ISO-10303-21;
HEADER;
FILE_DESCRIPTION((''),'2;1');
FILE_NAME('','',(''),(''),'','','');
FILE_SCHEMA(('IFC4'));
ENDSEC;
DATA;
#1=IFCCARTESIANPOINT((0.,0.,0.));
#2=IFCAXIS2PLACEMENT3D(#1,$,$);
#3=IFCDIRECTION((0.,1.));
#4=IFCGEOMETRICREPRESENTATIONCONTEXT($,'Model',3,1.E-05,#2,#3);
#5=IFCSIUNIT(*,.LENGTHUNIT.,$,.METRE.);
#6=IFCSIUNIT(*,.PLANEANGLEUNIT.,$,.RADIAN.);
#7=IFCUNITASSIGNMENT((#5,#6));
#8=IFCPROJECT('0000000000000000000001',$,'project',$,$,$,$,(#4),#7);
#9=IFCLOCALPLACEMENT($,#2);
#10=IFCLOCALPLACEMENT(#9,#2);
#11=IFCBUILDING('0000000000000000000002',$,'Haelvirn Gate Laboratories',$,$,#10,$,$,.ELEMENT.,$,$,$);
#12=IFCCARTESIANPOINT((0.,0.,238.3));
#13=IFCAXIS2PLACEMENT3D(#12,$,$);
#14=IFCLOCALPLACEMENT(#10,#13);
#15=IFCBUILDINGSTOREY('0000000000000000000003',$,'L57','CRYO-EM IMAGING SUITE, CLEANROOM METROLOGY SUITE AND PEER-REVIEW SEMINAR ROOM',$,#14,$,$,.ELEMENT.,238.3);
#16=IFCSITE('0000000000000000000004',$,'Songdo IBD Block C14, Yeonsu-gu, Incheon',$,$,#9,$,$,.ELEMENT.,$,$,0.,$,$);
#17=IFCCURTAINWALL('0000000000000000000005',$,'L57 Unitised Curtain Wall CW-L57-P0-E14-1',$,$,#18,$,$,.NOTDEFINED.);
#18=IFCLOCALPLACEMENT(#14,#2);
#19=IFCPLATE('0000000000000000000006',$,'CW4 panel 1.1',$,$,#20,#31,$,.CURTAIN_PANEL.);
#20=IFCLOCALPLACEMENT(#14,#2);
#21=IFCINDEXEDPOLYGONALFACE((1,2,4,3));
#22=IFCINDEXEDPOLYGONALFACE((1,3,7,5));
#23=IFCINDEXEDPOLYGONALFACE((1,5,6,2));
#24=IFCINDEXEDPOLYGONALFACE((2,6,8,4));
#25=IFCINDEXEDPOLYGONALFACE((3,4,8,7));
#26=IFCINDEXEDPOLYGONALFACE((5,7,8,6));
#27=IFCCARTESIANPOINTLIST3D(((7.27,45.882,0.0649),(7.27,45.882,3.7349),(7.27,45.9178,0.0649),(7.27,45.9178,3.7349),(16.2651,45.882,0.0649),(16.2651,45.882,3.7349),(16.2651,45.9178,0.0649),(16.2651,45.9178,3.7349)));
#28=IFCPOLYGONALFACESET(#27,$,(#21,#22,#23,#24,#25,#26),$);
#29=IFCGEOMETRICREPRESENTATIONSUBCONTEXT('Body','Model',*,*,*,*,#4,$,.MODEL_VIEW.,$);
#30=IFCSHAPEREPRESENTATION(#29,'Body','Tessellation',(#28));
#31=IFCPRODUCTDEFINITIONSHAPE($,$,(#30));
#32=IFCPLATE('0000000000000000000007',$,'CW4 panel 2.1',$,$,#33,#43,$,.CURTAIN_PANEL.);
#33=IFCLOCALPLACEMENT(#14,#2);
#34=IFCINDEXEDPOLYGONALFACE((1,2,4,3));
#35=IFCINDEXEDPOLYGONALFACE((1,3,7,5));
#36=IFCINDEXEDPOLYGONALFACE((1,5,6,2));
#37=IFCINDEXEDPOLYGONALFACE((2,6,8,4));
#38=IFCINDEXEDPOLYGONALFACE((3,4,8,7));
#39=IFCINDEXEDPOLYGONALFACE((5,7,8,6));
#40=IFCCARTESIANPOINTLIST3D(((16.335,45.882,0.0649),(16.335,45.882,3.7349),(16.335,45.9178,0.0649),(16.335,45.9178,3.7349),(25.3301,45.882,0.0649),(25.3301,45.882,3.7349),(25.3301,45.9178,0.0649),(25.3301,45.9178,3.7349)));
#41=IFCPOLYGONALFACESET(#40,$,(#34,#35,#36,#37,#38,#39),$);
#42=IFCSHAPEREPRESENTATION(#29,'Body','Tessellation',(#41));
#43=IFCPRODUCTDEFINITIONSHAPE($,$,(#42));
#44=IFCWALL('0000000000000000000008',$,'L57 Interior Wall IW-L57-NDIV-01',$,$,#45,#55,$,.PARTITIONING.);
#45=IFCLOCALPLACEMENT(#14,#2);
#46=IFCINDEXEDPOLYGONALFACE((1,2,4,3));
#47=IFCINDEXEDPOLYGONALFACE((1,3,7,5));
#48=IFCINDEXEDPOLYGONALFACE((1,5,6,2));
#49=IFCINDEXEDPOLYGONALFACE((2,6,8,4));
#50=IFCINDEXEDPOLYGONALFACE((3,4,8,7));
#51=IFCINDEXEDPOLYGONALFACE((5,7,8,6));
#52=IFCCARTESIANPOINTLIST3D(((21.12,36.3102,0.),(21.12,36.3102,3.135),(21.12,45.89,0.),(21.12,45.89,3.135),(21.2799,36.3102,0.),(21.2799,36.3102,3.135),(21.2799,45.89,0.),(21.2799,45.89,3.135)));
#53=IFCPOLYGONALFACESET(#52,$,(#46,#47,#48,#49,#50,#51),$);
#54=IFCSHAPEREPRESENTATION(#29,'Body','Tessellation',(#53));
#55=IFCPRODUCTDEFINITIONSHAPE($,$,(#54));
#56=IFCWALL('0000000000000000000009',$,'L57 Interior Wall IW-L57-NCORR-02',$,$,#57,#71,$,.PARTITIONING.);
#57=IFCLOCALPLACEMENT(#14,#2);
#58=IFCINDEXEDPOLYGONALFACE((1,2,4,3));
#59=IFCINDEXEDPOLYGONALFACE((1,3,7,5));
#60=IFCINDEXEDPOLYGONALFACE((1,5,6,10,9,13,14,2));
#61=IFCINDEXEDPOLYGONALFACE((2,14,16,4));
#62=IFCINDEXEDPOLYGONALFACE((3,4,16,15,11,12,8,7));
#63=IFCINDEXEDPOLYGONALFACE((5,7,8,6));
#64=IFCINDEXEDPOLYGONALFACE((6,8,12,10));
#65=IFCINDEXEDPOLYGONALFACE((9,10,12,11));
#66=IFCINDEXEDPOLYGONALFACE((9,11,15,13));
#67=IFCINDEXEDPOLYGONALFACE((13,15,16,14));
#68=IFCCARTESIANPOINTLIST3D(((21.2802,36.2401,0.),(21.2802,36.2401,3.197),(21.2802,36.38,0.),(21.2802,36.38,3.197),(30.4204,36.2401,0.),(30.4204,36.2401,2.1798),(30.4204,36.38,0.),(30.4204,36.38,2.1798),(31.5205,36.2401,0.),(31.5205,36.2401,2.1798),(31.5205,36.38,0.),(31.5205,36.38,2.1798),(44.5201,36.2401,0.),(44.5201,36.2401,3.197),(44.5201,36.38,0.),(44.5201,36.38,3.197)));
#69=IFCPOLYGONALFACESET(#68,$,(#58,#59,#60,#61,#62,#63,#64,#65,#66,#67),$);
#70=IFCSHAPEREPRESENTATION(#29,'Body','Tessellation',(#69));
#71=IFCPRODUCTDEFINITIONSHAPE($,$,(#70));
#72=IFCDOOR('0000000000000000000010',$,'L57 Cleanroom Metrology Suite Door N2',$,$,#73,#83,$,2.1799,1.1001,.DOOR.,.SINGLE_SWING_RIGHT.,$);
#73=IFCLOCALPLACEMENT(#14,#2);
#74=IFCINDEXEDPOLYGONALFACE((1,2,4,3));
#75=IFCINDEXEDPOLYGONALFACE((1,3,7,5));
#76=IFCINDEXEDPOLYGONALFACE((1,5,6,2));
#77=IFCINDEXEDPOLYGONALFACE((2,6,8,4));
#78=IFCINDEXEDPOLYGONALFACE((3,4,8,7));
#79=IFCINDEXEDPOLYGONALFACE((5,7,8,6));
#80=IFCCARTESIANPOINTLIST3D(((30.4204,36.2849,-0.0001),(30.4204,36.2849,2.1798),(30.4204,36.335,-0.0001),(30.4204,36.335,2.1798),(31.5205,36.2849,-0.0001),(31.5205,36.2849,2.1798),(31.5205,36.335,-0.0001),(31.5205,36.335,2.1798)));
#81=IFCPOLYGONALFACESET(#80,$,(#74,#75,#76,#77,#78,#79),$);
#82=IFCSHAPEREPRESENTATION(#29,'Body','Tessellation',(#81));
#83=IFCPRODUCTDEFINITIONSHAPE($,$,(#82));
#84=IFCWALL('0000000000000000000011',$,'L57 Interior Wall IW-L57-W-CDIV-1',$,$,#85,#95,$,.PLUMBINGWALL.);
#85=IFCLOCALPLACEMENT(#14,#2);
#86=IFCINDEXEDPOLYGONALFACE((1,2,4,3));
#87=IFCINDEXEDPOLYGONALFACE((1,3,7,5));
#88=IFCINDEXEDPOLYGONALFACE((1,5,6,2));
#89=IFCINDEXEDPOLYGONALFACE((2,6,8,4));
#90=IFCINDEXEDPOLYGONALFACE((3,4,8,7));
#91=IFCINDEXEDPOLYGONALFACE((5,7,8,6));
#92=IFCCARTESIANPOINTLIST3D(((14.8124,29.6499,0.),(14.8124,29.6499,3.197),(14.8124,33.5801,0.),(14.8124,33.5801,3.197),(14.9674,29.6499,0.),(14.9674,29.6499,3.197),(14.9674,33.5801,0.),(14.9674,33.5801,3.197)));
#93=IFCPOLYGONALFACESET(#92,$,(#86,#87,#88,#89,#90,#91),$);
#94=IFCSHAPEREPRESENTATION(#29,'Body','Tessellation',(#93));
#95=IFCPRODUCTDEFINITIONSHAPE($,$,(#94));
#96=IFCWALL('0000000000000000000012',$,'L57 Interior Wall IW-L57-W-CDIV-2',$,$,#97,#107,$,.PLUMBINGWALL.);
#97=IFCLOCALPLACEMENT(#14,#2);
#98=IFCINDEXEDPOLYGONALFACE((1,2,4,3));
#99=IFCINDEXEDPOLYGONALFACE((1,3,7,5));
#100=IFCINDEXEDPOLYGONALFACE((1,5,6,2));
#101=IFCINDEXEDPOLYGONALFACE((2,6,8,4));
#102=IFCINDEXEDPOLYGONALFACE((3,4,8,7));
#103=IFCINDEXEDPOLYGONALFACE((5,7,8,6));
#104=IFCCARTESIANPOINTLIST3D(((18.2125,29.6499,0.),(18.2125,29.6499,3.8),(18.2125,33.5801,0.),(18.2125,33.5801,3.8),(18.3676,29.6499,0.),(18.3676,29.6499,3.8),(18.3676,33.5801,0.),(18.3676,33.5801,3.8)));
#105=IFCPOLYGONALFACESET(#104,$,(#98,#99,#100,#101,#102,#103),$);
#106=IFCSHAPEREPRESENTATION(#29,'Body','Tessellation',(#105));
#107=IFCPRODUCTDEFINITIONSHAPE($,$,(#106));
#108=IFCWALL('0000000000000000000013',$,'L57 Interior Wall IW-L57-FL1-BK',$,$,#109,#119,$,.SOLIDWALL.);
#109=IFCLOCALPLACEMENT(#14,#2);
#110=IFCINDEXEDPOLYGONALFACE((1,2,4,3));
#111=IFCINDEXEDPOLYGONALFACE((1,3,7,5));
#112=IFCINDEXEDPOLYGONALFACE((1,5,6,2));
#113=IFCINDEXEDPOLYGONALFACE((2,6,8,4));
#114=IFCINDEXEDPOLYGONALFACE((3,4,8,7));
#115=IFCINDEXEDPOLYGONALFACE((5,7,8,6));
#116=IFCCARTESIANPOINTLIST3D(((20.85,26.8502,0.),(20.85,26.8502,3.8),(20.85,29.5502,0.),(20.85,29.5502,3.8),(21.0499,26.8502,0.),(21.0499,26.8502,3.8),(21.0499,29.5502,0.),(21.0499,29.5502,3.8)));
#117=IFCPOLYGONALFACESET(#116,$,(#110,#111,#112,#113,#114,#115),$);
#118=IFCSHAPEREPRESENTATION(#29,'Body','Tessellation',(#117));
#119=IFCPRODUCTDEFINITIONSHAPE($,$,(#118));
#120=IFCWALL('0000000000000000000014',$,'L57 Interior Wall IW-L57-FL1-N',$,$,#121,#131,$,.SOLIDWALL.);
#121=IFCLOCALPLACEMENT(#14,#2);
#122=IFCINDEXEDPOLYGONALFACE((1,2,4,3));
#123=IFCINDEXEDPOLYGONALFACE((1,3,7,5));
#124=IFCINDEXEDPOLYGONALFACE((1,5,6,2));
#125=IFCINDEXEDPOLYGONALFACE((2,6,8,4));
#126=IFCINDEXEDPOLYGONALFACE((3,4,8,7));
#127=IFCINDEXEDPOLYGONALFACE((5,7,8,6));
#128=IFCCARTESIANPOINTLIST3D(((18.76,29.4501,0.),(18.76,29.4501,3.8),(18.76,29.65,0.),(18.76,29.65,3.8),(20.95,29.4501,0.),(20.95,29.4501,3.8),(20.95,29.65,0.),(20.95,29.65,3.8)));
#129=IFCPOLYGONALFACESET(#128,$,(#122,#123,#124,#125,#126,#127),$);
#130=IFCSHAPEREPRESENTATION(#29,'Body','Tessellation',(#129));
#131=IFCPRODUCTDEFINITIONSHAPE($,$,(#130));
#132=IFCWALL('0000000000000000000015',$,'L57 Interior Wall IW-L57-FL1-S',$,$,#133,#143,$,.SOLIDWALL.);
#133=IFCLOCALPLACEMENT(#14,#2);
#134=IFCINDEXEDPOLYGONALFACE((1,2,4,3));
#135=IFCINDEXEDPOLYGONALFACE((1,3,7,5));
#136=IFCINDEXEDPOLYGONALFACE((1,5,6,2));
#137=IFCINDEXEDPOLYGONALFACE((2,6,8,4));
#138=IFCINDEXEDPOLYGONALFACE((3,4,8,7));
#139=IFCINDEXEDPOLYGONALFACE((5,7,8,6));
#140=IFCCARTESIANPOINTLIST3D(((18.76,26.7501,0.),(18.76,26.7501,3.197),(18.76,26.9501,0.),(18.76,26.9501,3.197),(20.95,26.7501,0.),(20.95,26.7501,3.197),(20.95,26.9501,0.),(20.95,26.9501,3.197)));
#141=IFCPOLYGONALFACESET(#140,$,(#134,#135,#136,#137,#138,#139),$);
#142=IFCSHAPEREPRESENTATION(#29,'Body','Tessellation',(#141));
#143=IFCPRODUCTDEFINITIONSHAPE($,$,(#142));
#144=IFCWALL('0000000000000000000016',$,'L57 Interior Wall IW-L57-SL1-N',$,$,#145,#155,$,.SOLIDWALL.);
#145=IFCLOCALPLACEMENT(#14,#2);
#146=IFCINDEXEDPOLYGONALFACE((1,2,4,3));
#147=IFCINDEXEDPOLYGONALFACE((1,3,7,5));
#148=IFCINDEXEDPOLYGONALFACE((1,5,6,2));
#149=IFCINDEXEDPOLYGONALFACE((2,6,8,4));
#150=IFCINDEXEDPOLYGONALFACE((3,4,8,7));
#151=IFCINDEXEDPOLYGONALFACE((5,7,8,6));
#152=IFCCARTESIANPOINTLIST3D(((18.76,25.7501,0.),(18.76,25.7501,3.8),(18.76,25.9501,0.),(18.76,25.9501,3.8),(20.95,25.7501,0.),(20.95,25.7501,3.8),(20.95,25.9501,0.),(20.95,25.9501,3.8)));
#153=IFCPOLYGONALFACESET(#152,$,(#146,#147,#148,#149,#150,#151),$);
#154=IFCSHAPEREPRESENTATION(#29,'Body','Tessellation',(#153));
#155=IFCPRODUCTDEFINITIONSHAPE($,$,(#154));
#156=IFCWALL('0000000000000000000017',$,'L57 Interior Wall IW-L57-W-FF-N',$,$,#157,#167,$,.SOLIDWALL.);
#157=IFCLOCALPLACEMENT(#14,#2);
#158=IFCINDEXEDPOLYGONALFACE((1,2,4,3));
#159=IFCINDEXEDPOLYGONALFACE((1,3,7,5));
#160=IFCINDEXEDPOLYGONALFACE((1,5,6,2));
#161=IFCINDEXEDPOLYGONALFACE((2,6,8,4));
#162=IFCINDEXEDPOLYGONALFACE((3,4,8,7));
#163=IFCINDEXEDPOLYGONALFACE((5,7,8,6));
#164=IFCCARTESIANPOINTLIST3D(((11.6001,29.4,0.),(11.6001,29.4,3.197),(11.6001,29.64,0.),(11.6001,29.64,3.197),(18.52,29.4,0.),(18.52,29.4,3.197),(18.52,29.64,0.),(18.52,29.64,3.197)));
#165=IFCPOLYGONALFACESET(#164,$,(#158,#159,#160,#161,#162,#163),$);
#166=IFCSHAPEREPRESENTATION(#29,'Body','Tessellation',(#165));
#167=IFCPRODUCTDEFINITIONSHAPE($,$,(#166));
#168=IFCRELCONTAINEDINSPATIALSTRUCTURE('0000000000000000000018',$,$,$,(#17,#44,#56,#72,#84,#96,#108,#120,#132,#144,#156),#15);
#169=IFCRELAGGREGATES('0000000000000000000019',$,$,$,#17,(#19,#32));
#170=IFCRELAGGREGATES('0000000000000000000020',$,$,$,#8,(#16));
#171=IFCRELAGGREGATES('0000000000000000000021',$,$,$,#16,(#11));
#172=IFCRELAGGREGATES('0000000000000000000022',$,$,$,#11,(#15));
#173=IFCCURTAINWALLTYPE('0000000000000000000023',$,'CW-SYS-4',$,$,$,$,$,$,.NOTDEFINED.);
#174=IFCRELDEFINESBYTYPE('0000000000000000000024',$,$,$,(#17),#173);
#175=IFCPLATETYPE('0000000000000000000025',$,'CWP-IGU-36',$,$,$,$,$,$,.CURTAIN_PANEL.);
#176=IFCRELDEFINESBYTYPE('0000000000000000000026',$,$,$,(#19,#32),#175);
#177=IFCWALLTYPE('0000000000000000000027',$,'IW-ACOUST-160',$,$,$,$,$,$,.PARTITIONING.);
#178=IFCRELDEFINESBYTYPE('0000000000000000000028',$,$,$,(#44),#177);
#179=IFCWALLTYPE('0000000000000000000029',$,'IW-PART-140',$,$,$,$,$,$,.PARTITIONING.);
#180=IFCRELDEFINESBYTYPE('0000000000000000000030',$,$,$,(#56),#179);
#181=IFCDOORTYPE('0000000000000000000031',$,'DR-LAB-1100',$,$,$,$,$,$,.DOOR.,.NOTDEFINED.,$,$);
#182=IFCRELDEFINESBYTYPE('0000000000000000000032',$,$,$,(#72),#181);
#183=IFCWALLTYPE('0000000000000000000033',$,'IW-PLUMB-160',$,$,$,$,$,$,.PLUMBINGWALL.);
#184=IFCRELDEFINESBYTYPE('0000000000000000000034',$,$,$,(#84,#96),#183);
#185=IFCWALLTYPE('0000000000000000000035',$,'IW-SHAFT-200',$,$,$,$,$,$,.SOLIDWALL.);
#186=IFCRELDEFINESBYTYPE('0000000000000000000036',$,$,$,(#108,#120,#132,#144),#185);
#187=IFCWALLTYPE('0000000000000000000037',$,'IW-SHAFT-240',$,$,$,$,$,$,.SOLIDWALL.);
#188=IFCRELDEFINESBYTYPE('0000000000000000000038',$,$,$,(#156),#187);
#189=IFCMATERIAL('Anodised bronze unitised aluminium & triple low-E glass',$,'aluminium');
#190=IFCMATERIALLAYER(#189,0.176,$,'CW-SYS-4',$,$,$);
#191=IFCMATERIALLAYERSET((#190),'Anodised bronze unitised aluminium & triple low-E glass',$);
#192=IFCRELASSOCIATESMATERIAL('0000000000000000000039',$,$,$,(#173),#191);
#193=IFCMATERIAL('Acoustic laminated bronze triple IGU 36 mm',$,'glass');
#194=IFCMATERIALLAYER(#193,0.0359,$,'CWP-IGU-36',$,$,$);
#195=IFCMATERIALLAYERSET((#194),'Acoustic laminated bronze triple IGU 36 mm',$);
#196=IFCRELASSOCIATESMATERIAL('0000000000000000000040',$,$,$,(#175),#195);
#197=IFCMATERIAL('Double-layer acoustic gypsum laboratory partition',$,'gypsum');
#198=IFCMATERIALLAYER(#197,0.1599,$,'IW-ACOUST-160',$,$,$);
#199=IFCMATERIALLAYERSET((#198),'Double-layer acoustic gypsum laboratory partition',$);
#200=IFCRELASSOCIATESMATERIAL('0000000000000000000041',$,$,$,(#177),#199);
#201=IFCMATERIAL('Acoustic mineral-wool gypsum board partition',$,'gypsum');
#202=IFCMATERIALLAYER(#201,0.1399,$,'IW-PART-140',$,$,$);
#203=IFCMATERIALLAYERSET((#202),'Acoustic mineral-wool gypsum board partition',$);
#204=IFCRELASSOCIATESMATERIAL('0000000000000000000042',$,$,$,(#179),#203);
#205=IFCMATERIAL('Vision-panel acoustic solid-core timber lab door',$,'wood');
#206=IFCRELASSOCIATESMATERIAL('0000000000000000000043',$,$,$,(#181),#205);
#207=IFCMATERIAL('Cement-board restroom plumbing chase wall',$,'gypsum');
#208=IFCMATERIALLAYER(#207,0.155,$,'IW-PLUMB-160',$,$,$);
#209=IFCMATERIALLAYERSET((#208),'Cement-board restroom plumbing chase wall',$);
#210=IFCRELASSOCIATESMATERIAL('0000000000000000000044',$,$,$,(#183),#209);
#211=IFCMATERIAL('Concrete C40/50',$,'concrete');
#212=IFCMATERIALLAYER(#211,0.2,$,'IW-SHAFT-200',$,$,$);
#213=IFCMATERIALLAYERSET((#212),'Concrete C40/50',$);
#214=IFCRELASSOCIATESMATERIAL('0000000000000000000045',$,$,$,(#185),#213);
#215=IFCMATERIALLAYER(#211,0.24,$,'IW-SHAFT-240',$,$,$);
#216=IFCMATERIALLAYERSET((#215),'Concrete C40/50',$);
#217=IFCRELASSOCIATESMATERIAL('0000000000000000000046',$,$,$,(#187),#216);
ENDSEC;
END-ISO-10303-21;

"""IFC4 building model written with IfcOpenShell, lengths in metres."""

from ifc_helpers import new_model, si_unit, direction, frame, frame_2d, origin, origin_2d, place, context, subcontext, project, spatial, rectangle, extrude, source, transform, mapped, material, layer, layer_set, type_object, type_shapes, element, fill, aggregate, save


model = new_model("IFC4")

# Units and contexts
model_context = context("Model", 3, precision=1e-05, world=origin(), true_north=direction((0.0, 1.0)))
body_context = subcontext(model_context, "Body", "Model", "MODEL_VIEW")
ifc_project = project(units=[si_unit("LENGTHUNIT", "METRE"), si_unit("PLANEANGLEUNIT", "RADIAN")], contexts=[model_context])

# Site, building, storey
site_placement = place(None, origin())
site = spatial("IfcSite", under=ifc_project, at=site_placement, Name="Songdo IBD Block C14, Yeonsu-gu, Incheon", CompositionType="ELEMENT", RefElevation=0.0)
building_placement = place(site_placement, origin())
building = spatial("IfcBuilding", under=site, at=building_placement, Name="Haelvirn Gate Laboratories", CompositionType="ELEMENT")
storey_placement = place(building_placement, frame((0.0, 0.0, 238.3)))
storey = spatial("IfcBuildingStorey", under=building, at=storey_placement, Name="L57", Description="CRYO-EM IMAGING SUITE, CLEANROOM METROLOGY SUITE AND PEER-REVIEW SEMINAR ROOM", CompositionType="ELEMENT", Elevation=238.3)

# Curtain wall, plates
ifc_material_1 = material(Name="Anodised bronze unitised aluminium & triple low-E glass", Category="aluminium")
ifc_layer_1 = layer(ifc_material_1, 0.176, Name="CW-SYS-4")
ifc_layer_set_1 = layer_set([ifc_layer_1], Name="Anodised bronze unitised aluminium & triple low-E glass")
curtain_wall_type = type_object("IfcCurtainWallType", Name="CW-SYS-4", PredefinedType="NOTDEFINED", material=ifc_layer_set_1)
curtain_wall_placement = place(storey_placement, origin())
curtain_wall = element("IfcCurtainWall", 1, at=curtain_wall_placement, inside=storey, type_object=curtain_wall_type, Name="L57 Unitised Curtain Wall CW-L57-P0-E14-1", PredefinedType="NOTDEFINED")
ifc_material_2 = material(Name="Acoustic laminated bronze triple IGU 36 mm", Category="glass")
ifc_layer_2 = layer(ifc_material_2, 0.0359, Name="CWP-IGU-36")
ifc_layer_set_2 = layer_set([ifc_layer_2], Name="Acoustic laminated bronze triple IGU 36 mm")
plate_type = type_object("IfcPlateType", Name="CWP-IGU-36", PredefinedType="CURTAIN_PANEL", material=ifc_layer_set_2)
shared_shape_1 = source(origin(), body_context, "Body", "SweptSolid", [
    extrude(rectangle(XDim=8.9951, YDim=0.0359, at=origin_2d()), origin(), (0.0, 0.0, 1.0), 3.6699),
])
type_shapes(plate_type, [shared_shape_1])
plate_1_placement = place(storey_placement, frame((11.7676, 45.8999, 0.0649), z_axis=(0.0, 0.0, 1.0), x_axis=(1.0, 0.0, 0.0)))
plate_1 = element("IfcPlate", 2, at=plate_1_placement, type_object=plate_type, Name="CW4 panel 1.1", PredefinedType="CURTAIN_PANEL", context=body_context, shape_type="MappedRepresentation", body=[
    mapped(shared_shape_1, transform((0.0, 0.0, 0.0), scale=1.0)),
])
plate_2_placement = place(storey_placement, frame((20.8325, 45.8999, 0.0649), z_axis=(0.0, 0.0, 1.0), x_axis=(1.0, 0.0, 0.0)))
plate_2 = element("IfcPlate", 3, at=plate_2_placement, type_object=plate_type, Name="CW4 panel 2.1", PredefinedType="CURTAIN_PANEL", context=body_context, shape_type="MappedRepresentation", body=[
    mapped(shared_shape_1, transform((0.0, 0.0, 0.0), scale=1.0)),
])
aggregate(curtain_wall, [plate_1, plate_2])

# Wall
ifc_material_3 = material(Name="Double-layer acoustic gypsum laboratory partition", Category="gypsum")
ifc_layer_3 = layer(ifc_material_3, 0.1599, Name="IW-ACOUST-160")
ifc_layer_set_3 = layer_set([ifc_layer_3], Name="Double-layer acoustic gypsum laboratory partition")
wall_type_1 = type_object("IfcWallType", Name="IW-ACOUST-160", PredefinedType="PARTITIONING", material=ifc_layer_set_3)
wall_1_placement = place(storey_placement, frame((21.2, 36.3101, 0.0), z_axis=(0.0, 0.0, 1.0), x_axis=(0.0, 1.0, 0.0)))
element("IfcWall", 4, at=wall_1_placement, inside=storey, type_object=wall_type_1, Name="L57 Interior Wall IW-L57-NDIV-01", PredefinedType="PARTITIONING", context=body_context, shape_type="SweptSolid", body=[
    extrude(rectangle(XDim=9.5798, YDim=0.1599, at=frame_2d((4.79, 0.0))), origin(), (0.0, 0.0, 1.0), 3.135),
])

# Wall, opening, door
ifc_material_4 = material(Name="Acoustic mineral-wool gypsum board partition", Category="gypsum")
ifc_layer_4 = layer(ifc_material_4, 0.1399, Name="IW-PART-140")
ifc_layer_set_4 = layer_set([ifc_layer_4], Name="Acoustic mineral-wool gypsum board partition")
wall_type_2 = type_object("IfcWallType", Name="IW-PART-140", PredefinedType="PARTITIONING", material=ifc_layer_set_4)
wall_2_placement = place(storey_placement, frame((21.28, 36.3101, 0.0), z_axis=(0.0, 0.0, 1.0), x_axis=(1.0, 0.0, 0.0)))
wall_2 = element("IfcWall", 5, at=wall_2_placement, inside=storey, type_object=wall_type_2, Name="L57 Interior Wall IW-L57-NCORR-02", PredefinedType="PARTITIONING", context=body_context, shape_type="SweptSolid", body=[
    extrude(rectangle(XDim=23.24, YDim=0.1399, at=frame_2d((11.6201, 0.0))), origin(), (0.0, 0.0, 1.0), 3.197),
])
opening_placement = place(wall_2_placement, frame((9.1404, 0.0, 0.0)))
opening = element("IfcOpeningElement", 6, at=opening_placement, cuts=wall_2, PredefinedType="OPENING", context=body_context, shape_type="SweptSolid", body=[
    extrude(rectangle(XDim=1.1001, YDim=2.1799, at=frame_2d((0.55, 1.0898))), frame((0.0, 0.0801, 0.0), z_axis=(0.0, -1.0, 0.0), x_axis=(1.0, 0.0, 0.0)), (0.0, 0.0, 1.0), 0.1599),
])
ifc_material_5 = material(Name="Vision-panel acoustic solid-core timber lab door", Category="wood")
door_type = type_object("IfcDoorType", Name="DR-LAB-1100", OperationType="NOTDEFINED", PredefinedType="DOOR", material=ifc_material_5)
shared_shape_2 = source(origin(), body_context, "Body", "SweptSolid", [
    extrude(rectangle(XDim=1.1001, YDim=2.1799, at=frame_2d((0.55, 1.0898))), frame((0.0, 0.0249, 0.0), z_axis=(0.0, -1.0, 0.0), x_axis=(1.0, 0.0, 0.0)), (0.0, 0.0, 1.0), 0.05),
])
type_shapes(door_type, [shared_shape_2])
door_placement = place(opening_placement, origin())
door = element("IfcDoor", 7, at=door_placement, inside=storey, type_object=door_type, Name="L57 Cleanroom Metrology Suite Door N2", OperationType="SINGLE_SWING_RIGHT", OverallHeight=2.1799, OverallWidth=1.1001, PredefinedType="DOOR", context=body_context, shape_type="MappedRepresentation", body=[
    mapped(shared_shape_2, transform((0.0, 0.0, 0.0), scale=1.0)),
])
fill(opening, door)

# Walls
ifc_material_6 = material(Name="Cement-board restroom plumbing chase wall", Category="gypsum")
ifc_layer_5 = layer(ifc_material_6, 0.155, Name="IW-PLUMB-160")
ifc_layer_set_5 = layer_set([ifc_layer_5], Name="Cement-board restroom plumbing chase wall")
wall_type_3 = type_object("IfcWallType", Name="IW-PLUMB-160", PredefinedType="PLUMBINGWALL", material=ifc_layer_set_5)
wall_3_placement = place(storey_placement, frame((14.8899, 29.6499, 0.0), z_axis=(0.0, 0.0, 1.0), x_axis=(0.0, 1.0, 0.0)))
element("IfcWall", 8, at=wall_3_placement, inside=storey, type_object=wall_type_3, Name="L57 Interior Wall IW-L57-W-CDIV-1", PredefinedType="PLUMBINGWALL", context=body_context, shape_type="SweptSolid", body=[
    extrude(rectangle(XDim=3.9302, YDim=0.155, at=frame_2d((1.9651, 0.0))), origin(), (0.0, 0.0, 1.0), 3.197),
])
wall_4_placement = place(storey_placement, frame((18.29, 29.6499, 0.0), z_axis=(0.0, 0.0, 1.0), x_axis=(0.0, 1.0, 0.0)))
element("IfcWall", 9, at=wall_4_placement, inside=storey, type_object=wall_type_3, Name="L57 Interior Wall IW-L57-W-CDIV-2", PredefinedType="PLUMBINGWALL", context=body_context, shape_type="SweptSolid", body=[
    extrude(rectangle(XDim=3.9302, YDim=0.155, at=frame_2d((1.9651, 0.0))), origin(), (0.0, 0.0, 1.0), 3.8),
])
ifc_material_7 = material(Name="Concrete C40/50", Category="concrete")
ifc_layer_6 = layer(ifc_material_7, 0.2, Name="IW-SHAFT-200")
ifc_layer_set_6 = layer_set([ifc_layer_6], Name="Concrete C40/50")
wall_type_4 = type_object("IfcWallType", Name="IW-SHAFT-200", PredefinedType="SOLIDWALL", material=ifc_layer_set_6)
wall_5_placement = place(storey_placement, frame((20.95, 26.8501, 0.0), z_axis=(0.0, 0.0, 1.0), x_axis=(0.0, 1.0, 0.0)))
element("IfcWall", 10, at=wall_5_placement, inside=storey, type_object=wall_type_4, Name="L57 Interior Wall IW-L57-FL1-BK", PredefinedType="SOLIDWALL", context=body_context, shape_type="SweptSolid", body=[
    extrude(rectangle(XDim=2.7, YDim=0.2, at=frame_2d((1.3501, 0.0))), origin(), (0.0, 0.0, 1.0), 3.8),
])
wall_6_placement = place(storey_placement, frame((18.76, 29.55, 0.0), z_axis=(0.0, 0.0, 1.0), x_axis=(1.0, 0.0, 0.0)))
element("IfcWall", 11, at=wall_6_placement, inside=storey, type_object=wall_type_4, Name="L57 Interior Wall IW-L57-FL1-N", PredefinedType="SOLIDWALL", context=body_context, shape_type="SweptSolid", body=[
    extrude(rectangle(XDim=2.1899, YDim=0.2, at=frame_2d((1.095, 0.0))), origin(), (0.0, 0.0, 1.0), 3.8),
])
wall_7_placement = place(storey_placement, frame((18.76, 26.8501, 0.0), z_axis=(0.0, 0.0, 1.0), x_axis=(1.0, 0.0, 0.0)))
element("IfcWall", 12, at=wall_7_placement, inside=storey, type_object=wall_type_4, Name="L57 Interior Wall IW-L57-FL1-S", PredefinedType="SOLIDWALL", context=body_context, shape_type="SweptSolid", body=[
    extrude(rectangle(XDim=2.1899, YDim=0.2, at=frame_2d((1.095, 0.0))), origin(), (0.0, 0.0, 1.0), 3.197),
])
wall_8_placement = place(storey_placement, frame((18.76, 25.8501, 0.0), z_axis=(0.0, 0.0, 1.0), x_axis=(1.0, 0.0, 0.0)))
element("IfcWall", 13, at=wall_8_placement, inside=storey, type_object=wall_type_4, Name="L57 Interior Wall IW-L57-SL1-N", PredefinedType="SOLIDWALL", context=body_context, shape_type="SweptSolid", body=[
    extrude(rectangle(XDim=2.1899, YDim=0.2, at=frame_2d((1.095, 0.0))), origin(), (0.0, 0.0, 1.0), 3.8),
])
ifc_layer_7 = layer(ifc_material_7, 0.24, Name="IW-SHAFT-240")
ifc_layer_set_7 = layer_set([ifc_layer_7], Name="Concrete C40/50")
wall_type_5 = type_object("IfcWallType", Name="IW-SHAFT-240", PredefinedType="SOLIDWALL", material=ifc_layer_set_7)
wall_9_placement = place(storey_placement, frame((11.6001, 29.52, 0.0), z_axis=(0.0, 0.0, 1.0), x_axis=(1.0, 0.0, 0.0)))
element("IfcWall", 14, at=wall_9_placement, inside=storey, type_object=wall_type_5, Name="L57 Interior Wall IW-L57-W-FF-N", PredefinedType="SOLIDWALL", context=body_context, shape_type="SweptSolid", body=[
    extrude(rectangle(XDim=6.9199, YDim=0.24, at=frame_2d((3.46, 0.0))), origin(), (0.0, 0.0, 1.0), 3.197),
])

save(model, "model.ifc")
